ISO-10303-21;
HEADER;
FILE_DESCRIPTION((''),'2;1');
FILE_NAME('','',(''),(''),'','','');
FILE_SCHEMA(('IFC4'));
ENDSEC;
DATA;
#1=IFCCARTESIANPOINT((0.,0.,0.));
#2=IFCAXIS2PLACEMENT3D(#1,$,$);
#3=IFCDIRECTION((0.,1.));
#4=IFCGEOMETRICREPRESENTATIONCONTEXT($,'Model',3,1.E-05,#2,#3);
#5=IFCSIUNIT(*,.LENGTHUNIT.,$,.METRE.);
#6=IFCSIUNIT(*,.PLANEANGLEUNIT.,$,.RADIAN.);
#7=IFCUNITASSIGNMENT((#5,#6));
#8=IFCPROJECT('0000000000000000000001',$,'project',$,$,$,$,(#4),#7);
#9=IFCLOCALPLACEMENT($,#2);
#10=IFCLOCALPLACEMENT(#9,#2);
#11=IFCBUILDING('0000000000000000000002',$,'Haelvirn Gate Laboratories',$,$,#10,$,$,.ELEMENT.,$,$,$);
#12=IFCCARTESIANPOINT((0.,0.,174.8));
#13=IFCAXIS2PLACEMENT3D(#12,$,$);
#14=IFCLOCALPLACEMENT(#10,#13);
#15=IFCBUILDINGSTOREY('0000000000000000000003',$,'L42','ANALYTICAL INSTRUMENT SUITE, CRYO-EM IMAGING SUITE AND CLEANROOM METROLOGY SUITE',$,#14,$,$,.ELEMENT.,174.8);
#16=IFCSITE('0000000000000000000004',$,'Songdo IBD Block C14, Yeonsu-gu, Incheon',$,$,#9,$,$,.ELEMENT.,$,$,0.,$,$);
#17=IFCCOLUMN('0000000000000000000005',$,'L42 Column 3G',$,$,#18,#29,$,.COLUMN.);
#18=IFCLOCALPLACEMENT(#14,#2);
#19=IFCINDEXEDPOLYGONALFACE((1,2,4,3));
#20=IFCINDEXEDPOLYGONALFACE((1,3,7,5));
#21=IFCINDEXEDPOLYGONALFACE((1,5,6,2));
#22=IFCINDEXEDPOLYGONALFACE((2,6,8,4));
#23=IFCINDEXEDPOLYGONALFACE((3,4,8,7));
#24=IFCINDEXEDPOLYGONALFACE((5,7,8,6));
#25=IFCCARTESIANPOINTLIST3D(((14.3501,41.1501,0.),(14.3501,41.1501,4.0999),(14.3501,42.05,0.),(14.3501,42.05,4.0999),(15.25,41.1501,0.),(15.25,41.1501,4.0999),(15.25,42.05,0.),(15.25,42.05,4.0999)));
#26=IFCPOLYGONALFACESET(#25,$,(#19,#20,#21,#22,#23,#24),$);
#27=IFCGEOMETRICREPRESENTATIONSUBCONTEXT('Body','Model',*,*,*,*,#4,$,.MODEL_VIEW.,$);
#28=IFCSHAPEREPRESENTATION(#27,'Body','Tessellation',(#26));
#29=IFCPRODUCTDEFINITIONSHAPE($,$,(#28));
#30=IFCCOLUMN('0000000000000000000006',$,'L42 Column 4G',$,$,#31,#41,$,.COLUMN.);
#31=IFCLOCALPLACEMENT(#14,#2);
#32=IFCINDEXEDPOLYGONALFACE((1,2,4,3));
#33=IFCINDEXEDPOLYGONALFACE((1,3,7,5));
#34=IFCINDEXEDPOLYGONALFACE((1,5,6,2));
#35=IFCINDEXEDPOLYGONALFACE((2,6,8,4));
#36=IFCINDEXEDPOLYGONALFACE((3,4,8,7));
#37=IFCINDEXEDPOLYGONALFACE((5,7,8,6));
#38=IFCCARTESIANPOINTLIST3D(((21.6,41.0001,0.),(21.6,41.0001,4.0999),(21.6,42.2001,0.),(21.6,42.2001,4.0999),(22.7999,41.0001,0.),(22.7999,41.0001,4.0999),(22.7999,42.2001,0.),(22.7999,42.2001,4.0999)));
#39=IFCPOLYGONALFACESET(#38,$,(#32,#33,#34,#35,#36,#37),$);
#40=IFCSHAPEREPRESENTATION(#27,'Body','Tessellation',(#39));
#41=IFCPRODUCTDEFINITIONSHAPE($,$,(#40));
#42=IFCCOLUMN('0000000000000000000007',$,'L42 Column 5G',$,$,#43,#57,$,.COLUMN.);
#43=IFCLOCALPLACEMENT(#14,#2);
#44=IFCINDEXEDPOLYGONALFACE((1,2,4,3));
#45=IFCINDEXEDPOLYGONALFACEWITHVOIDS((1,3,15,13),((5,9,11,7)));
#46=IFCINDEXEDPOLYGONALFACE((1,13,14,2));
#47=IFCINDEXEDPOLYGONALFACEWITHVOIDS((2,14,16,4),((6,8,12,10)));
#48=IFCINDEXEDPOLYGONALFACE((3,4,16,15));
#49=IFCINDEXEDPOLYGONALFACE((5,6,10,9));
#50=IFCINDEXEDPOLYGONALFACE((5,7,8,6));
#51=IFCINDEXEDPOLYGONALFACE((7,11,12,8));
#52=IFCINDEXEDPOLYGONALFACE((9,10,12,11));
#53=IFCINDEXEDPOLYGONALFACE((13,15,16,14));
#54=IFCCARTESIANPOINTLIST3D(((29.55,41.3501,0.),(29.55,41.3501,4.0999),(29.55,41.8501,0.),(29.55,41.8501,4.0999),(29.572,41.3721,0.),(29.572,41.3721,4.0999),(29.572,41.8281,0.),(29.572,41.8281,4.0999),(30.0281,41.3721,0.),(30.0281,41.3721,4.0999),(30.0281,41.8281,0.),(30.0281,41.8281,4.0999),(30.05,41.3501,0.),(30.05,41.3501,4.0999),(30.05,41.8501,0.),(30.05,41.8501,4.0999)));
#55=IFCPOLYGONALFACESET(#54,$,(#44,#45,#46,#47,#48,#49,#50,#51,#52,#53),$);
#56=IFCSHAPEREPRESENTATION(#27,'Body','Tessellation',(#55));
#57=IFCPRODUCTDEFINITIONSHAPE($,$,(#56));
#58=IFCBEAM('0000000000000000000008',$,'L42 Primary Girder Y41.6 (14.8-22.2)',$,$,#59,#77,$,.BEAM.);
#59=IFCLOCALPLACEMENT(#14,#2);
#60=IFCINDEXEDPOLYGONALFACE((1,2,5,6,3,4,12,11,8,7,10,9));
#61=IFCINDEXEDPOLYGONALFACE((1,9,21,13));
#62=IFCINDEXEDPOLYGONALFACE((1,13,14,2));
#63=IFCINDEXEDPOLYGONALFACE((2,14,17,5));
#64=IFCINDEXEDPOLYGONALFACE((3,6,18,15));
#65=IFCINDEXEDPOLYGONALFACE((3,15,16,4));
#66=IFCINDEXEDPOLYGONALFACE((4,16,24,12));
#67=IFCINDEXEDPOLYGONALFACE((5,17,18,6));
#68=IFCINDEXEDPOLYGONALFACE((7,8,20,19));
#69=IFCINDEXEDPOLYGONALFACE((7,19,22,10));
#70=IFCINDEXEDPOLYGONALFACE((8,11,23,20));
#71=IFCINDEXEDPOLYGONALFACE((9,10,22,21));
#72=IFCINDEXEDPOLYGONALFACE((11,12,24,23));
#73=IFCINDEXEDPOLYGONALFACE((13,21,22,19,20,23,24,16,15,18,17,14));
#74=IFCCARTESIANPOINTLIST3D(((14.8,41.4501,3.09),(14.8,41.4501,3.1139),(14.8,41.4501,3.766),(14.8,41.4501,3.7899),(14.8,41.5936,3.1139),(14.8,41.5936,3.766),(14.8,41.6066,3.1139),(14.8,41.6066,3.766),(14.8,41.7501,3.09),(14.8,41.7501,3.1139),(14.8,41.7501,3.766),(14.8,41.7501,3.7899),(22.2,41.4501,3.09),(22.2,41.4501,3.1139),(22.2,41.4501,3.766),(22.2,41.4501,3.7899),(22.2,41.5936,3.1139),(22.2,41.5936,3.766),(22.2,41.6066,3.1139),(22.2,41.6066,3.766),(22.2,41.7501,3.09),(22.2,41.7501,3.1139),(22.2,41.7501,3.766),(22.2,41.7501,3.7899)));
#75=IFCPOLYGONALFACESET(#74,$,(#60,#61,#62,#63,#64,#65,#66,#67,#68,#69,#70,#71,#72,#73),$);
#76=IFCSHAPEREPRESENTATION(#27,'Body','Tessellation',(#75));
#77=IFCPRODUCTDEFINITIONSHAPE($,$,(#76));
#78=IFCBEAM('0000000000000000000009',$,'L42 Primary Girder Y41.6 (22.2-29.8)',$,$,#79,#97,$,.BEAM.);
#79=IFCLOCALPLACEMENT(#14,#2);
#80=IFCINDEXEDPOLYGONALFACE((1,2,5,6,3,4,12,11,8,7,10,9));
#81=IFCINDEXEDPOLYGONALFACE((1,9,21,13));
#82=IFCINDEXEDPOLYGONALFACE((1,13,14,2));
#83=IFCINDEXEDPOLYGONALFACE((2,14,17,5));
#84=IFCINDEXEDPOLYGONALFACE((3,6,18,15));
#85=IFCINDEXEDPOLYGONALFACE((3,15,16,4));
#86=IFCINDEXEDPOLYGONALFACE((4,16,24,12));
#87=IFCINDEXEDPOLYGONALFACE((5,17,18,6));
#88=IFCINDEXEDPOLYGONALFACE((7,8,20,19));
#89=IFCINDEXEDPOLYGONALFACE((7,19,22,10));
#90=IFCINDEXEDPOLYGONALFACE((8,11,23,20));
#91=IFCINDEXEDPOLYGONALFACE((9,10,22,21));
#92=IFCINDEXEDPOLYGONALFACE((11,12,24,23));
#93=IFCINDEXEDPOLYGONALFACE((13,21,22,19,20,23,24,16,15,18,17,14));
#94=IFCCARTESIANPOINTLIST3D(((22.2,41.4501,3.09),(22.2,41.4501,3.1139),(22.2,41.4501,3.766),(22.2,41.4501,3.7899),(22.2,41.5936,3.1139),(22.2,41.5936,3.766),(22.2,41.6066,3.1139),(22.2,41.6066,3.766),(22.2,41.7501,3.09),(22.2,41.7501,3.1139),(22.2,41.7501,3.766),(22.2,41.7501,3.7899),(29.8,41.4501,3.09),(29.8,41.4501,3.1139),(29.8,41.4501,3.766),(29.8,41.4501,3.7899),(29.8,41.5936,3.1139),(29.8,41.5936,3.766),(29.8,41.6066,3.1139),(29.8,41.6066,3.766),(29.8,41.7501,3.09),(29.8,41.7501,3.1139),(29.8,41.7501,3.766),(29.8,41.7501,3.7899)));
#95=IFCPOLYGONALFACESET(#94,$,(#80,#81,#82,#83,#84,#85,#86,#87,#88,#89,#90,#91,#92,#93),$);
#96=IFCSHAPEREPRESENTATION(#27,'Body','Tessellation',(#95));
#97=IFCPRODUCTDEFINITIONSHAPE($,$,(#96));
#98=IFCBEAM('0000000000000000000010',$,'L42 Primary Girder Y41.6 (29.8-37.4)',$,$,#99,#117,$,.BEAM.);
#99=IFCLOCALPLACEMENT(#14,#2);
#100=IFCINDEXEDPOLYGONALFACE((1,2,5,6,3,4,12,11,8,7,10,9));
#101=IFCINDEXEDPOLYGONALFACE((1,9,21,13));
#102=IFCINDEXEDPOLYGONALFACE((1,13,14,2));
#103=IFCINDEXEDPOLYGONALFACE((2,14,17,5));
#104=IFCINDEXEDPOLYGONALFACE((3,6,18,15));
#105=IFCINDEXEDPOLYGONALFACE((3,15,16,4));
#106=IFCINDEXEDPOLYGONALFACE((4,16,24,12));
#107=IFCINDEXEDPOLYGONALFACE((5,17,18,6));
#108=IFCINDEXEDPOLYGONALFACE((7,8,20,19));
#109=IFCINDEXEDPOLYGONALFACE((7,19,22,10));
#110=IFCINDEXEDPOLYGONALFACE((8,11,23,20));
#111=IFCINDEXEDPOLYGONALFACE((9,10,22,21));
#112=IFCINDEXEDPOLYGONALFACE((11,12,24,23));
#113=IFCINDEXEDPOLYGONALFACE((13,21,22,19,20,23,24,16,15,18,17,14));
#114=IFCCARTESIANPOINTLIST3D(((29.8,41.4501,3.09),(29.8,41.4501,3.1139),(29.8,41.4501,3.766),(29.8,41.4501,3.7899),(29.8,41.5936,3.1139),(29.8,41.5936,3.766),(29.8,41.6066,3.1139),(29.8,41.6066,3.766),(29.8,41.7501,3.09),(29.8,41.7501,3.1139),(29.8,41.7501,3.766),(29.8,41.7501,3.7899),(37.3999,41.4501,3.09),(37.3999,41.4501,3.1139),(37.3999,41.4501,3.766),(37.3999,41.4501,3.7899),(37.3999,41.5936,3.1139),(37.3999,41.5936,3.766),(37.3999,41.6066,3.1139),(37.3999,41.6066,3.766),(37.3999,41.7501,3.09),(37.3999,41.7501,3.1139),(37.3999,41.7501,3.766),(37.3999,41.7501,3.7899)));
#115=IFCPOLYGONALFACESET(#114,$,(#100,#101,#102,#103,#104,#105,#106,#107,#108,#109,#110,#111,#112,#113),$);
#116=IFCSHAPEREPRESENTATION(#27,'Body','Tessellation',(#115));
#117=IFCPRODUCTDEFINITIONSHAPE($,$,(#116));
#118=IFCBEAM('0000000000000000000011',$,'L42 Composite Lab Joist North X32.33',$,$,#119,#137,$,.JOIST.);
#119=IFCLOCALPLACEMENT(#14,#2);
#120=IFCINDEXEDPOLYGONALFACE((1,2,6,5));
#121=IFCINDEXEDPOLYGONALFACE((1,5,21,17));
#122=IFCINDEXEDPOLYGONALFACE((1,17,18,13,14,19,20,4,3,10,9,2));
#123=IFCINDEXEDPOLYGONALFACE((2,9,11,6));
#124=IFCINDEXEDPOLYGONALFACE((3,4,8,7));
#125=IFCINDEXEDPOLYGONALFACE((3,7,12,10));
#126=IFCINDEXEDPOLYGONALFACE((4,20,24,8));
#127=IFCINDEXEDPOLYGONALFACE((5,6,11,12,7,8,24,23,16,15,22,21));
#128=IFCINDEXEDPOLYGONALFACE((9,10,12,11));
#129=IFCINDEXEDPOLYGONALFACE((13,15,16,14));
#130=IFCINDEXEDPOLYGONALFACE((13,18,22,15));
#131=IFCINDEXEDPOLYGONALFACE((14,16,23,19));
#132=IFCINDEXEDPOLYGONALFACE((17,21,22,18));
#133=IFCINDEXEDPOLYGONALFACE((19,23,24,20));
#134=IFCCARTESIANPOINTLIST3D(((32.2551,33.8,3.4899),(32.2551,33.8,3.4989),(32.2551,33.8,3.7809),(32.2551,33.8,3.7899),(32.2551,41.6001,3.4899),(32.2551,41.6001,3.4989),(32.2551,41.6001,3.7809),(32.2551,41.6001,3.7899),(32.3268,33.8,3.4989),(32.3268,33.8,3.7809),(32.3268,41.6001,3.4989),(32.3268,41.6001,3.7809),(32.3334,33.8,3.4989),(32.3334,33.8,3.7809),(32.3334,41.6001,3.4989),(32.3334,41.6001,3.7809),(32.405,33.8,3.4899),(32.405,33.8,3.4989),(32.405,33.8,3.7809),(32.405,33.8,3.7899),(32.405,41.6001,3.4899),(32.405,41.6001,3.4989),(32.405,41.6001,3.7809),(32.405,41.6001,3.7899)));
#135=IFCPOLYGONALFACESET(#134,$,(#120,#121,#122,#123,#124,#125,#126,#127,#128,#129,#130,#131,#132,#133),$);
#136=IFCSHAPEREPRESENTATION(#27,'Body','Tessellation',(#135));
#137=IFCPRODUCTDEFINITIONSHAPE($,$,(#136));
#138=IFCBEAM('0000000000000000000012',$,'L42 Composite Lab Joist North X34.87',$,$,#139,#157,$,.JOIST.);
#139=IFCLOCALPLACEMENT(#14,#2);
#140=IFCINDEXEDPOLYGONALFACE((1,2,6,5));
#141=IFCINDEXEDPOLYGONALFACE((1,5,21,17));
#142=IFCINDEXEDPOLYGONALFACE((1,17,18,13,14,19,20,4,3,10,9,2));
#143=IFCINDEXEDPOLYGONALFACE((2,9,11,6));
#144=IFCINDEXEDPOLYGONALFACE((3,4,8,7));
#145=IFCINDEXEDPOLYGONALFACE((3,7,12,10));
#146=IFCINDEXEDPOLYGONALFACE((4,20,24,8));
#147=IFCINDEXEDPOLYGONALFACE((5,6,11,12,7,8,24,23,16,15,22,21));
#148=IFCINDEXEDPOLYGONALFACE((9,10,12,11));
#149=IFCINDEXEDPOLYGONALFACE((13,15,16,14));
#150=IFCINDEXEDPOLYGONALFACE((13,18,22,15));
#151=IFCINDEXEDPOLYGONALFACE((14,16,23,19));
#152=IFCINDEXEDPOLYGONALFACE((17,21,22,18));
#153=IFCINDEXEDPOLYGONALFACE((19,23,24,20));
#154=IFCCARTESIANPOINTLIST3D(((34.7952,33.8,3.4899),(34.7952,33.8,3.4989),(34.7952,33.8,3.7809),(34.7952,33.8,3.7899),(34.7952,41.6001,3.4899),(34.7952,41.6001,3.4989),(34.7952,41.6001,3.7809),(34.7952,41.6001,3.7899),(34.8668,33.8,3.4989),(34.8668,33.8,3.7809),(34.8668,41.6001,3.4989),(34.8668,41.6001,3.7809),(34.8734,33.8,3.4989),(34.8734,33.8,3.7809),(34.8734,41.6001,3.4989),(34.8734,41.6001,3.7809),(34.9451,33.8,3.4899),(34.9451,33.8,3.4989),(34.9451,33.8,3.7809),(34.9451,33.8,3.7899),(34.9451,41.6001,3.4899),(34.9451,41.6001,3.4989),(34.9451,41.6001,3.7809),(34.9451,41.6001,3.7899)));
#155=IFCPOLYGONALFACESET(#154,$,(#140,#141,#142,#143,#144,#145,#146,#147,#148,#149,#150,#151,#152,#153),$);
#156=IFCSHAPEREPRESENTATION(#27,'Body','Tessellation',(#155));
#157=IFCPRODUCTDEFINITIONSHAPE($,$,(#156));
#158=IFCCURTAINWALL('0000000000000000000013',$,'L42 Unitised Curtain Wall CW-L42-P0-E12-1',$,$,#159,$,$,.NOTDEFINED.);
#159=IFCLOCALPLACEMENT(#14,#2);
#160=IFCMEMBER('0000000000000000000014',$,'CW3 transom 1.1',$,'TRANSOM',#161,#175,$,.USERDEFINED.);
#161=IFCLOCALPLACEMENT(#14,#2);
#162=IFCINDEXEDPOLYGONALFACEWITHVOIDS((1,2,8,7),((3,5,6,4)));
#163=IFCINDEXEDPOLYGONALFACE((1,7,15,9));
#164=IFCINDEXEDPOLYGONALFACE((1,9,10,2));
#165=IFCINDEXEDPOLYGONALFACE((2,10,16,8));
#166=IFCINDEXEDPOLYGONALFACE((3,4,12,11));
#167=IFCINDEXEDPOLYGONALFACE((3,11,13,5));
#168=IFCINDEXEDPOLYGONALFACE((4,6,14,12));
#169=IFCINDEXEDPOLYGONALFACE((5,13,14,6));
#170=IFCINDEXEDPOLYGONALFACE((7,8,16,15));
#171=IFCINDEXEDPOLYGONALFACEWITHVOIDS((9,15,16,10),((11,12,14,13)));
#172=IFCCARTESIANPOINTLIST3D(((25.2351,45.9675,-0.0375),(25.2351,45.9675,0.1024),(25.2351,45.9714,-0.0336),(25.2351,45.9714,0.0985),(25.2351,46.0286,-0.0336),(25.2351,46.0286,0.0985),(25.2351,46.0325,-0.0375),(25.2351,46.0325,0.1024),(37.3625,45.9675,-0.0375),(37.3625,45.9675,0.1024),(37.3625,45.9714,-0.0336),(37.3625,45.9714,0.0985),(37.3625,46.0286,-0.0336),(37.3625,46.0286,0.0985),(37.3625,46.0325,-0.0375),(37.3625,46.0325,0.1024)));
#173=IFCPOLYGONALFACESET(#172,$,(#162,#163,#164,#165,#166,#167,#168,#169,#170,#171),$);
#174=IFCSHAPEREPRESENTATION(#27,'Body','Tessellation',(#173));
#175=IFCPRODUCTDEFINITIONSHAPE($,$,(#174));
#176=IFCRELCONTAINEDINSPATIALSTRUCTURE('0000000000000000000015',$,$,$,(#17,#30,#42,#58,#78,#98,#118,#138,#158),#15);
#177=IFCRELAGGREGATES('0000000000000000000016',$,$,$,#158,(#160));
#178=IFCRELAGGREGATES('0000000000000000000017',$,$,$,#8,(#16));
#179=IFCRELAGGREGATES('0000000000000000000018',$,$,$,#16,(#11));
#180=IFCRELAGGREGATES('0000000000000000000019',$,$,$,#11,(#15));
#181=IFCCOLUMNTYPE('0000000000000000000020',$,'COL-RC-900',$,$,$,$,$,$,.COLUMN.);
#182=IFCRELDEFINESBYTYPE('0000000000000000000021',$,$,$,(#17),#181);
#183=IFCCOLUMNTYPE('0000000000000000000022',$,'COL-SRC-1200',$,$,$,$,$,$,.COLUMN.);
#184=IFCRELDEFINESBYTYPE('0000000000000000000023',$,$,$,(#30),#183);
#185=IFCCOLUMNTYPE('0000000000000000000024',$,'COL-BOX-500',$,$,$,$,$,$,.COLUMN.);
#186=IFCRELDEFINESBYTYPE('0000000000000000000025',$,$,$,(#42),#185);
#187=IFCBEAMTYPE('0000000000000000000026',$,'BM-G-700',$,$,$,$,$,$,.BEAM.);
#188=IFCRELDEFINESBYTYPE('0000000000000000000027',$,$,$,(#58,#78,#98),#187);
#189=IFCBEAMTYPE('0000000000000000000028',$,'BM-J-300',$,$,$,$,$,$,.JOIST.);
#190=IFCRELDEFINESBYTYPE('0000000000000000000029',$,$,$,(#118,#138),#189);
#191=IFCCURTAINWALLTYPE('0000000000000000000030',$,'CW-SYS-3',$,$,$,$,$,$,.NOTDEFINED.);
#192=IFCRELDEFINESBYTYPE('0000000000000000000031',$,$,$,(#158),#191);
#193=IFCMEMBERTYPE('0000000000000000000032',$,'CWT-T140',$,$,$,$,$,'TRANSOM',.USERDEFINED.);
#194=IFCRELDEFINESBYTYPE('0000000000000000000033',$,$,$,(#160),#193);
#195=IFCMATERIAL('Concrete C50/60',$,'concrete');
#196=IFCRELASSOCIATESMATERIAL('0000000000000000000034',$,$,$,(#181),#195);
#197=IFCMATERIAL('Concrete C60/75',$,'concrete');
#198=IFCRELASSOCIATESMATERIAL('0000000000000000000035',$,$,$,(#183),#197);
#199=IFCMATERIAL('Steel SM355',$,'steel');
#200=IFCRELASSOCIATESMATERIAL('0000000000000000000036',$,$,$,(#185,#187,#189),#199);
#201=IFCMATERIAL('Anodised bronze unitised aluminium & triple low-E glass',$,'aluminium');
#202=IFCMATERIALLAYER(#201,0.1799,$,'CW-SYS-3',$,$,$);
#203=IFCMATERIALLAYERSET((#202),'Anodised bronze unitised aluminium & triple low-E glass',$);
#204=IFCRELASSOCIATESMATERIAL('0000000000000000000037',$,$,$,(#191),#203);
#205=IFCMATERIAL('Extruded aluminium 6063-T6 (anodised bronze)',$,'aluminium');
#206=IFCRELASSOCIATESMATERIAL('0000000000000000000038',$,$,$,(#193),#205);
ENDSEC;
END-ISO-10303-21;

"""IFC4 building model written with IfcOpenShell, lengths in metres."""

from ifc_helpers import new_model, si_unit, direction, frame, origin, origin_2d, place, context, subcontext, project, spatial, rectangle, hollow_rectangle, i_section, extrude, source, transform, mapped, material, layer, layer_set, material_profile, profile_set, type_object, type_shapes, element, aggregate, save


model = new_model("IFC4")

# Units and contexts
model_context = context("Model", 3, precision=1e-05, world=origin(), true_north=direction((0.0, 1.0)))
body_context = subcontext(model_context, "Body", "Model", "MODEL_VIEW")
ifc_project = project(units=[si_unit("LENGTHUNIT", "METRE"), si_unit("PLANEANGLEUNIT", "RADIAN")], contexts=[model_context])

# Site, building, storey
site_placement = place(None, origin())
site = spatial("IfcSite", under=ifc_project, at=site_placement, Name="Songdo IBD Block C14, Yeonsu-gu, Incheon", CompositionType="ELEMENT", RefElevation=0.0)
building_placement = place(site_placement, origin())
building = spatial("IfcBuilding", under=site, at=building_placement, Name="Haelvirn Gate Laboratories", CompositionType="ELEMENT")
storey_placement = place(building_placement, frame((0.0, 0.0, 174.8)))
storey = spatial("IfcBuildingStorey", under=building, at=storey_placement, Name="L42", Description="ANALYTICAL INSTRUMENT SUITE, CRYO-EM IMAGING SUITE AND CLEANROOM METROLOGY SUITE", CompositionType="ELEMENT", Elevation=174.8)

# Columns
ifc_material_1 = material(Name="Concrete C50/60", Category="concrete")
ifc_material_profile_1 = material_profile(ifc_material_1, rectangle(XDim=0.8999, YDim=0.8999, at=origin_2d()), Name="RC-900x900")
ifc_profile_set_1 = profile_set([ifc_material_profile_1], Name="Concrete C50/60")
column_type_1 = type_object("IfcColumnType", Name="COL-RC-900", PredefinedType="COLUMN", material=ifc_profile_set_1)
shared_shape_1 = source(origin(), body_context, "Body", "SweptSolid", [
    extrude(rectangle(XDim=0.8999, YDim=0.8999, at=origin_2d()), origin(), (0.0, 0.0, 1.0), 4.0999),
])
type_shapes(column_type_1, [shared_shape_1])
column_1_placement = place(storey_placement, frame((14.8, 41.6001, 0.0), z_axis=(0.0, 0.0, 1.0), x_axis=(1.0, 0.0, 0.0)))
element("IfcColumn", 1, at=column_1_placement, inside=storey, type_object=column_type_1, Name="L42 Column 3G", PredefinedType="COLUMN", context=body_context, shape_type="MappedRepresentation", body=[
    mapped(shared_shape_1, transform((0.0, 0.0, 0.0), scale=1.0)),
])
ifc_material_2 = material(Name="Concrete C60/75", Category="concrete")
ifc_material_profile_2 = material_profile(ifc_material_2, rectangle(XDim=1.2, YDim=1.2, at=origin_2d()), Name="SRC-1200x1200")
ifc_profile_set_2 = profile_set([ifc_material_profile_2], Name="Concrete C60/75")
column_type_2 = type_object("IfcColumnType", Name="COL-SRC-1200", PredefinedType="COLUMN", material=ifc_profile_set_2)
shared_shape_2 = source(origin(), body_context, "Body", "SweptSolid", [
    extrude(rectangle(XDim=1.2, YDim=1.2, at=origin_2d()), origin(), (0.0, 0.0, 1.0), 4.0999),
])
type_shapes(column_type_2, [shared_shape_2])
column_2_placement = place(storey_placement, frame((22.2, 41.6001, 0.0), z_axis=(0.0, 0.0, 1.0), x_axis=(1.0, 0.0, 0.0)))
element("IfcColumn", 2, at=column_2_placement, inside=storey, type_object=column_type_2, Name="L42 Column 4G", PredefinedType="COLUMN", context=body_context, shape_type="MappedRepresentation", body=[
    mapped(shared_shape_2, transform((0.0, 0.0, 0.0), scale=1.0)),
])
ifc_material_3 = material(Name="Steel SM355", Category="steel")
ifc_material_profile_3 = material_profile(ifc_material_3, hollow_rectangle(XDim=0.5, YDim=0.5, WallThickness=0.022, at=origin_2d()), Name="BOX-500x500x22")
ifc_profile_set_3 = profile_set([ifc_material_profile_3], Name="Steel SM355")
column_type_3 = type_object("IfcColumnType", Name="COL-BOX-500", PredefinedType="COLUMN", material=ifc_profile_set_3)
shared_shape_3 = source(origin(), body_context, "Body", "SweptSolid", [
    extrude(hollow_rectangle(XDim=0.5, YDim=0.5, WallThickness=0.022, at=origin_2d()), origin(), (0.0, 0.0, 1.0), 4.0999),
])
type_shapes(column_type_3, [shared_shape_3])
column_3_placement = place(storey_placement, frame((29.8, 41.6001, 0.0), z_axis=(0.0, 0.0, 1.0), x_axis=(1.0, 0.0, 0.0)))
element("IfcColumn", 3, at=column_3_placement, inside=storey, type_object=column_type_3, Name="L42 Column 5G", PredefinedType="COLUMN", context=body_context, shape_type="MappedRepresentation", body=[
    mapped(shared_shape_3, transform((0.0, 0.0, 0.0), scale=1.0)),
])

# Beams
ifc_material_profile_4 = material_profile(ifc_material_3, i_section(OverallWidth=0.3, OverallDepth=0.7, WebThickness=0.0129, FlangeThickness=0.0239, at=origin_2d()), Name="H-700x300x13x24")
ifc_profile_set_4 = profile_set([ifc_material_profile_4], Name="Steel SM355")
beam_type_1 = type_object("IfcBeamType", Name="BM-G-700", PredefinedType="BEAM", material=ifc_profile_set_4)
shared_shape_4 = source(origin(), body_context, "Body", "SweptSolid", [
    extrude(i_section(OverallWidth=0.3, OverallDepth=0.7, WebThickness=0.0129, FlangeThickness=0.0239, at=origin_2d()), origin(), (0.0, 0.0, 1.0), 7.3999),
])
beam_1_placement = place(storey_placement, frame((14.8, 41.6001, 3.4399), z_axis=(1.0, 0.0, 0.0), x_axis=(0.0, 1.0, 0.0)))
element("IfcBeam", 4, at=beam_1_placement, inside=storey, type_object=beam_type_1, Name="L42 Primary Girder Y41.6 (14.8-22.2)", PredefinedType="BEAM", context=body_context, shape_type="MappedRepresentation", body=[
    mapped(shared_shape_4, transform((0.0, 0.0, 0.0), scale=1.0)),
])
shared_shape_5 = source(origin(), body_context, "Body", "SweptSolid", [
    extrude(i_section(OverallWidth=0.3, OverallDepth=0.7, WebThickness=0.0129, FlangeThickness=0.0239, at=origin_2d()), origin(), (0.0, 0.0, 1.0), 7.6001),
])
beam_2_placement = place(storey_placement, frame((22.2, 41.6001, 3.4399), z_axis=(1.0, 0.0, 0.0), x_axis=(0.0, 1.0, 0.0)))
element("IfcBeam", 5, at=beam_2_placement, inside=storey, type_object=beam_type_1, Name="L42 Primary Girder Y41.6 (22.2-29.8)", PredefinedType="BEAM", context=body_context, shape_type="MappedRepresentation", body=[
    mapped(shared_shape_5, transform((0.0, 0.0, 0.0), scale=1.0)),
])
shared_shape_6 = source(origin(), body_context, "Body", "SweptSolid", [
    extrude(i_section(OverallWidth=0.3, OverallDepth=0.7, WebThickness=0.0129, FlangeThickness=0.0239, at=origin_2d()), origin(), (0.0, 0.0, 1.0), 7.5999),
])
type_shapes(beam_type_1, [shared_shape_4, shared_shape_5, shared_shape_6])
beam_3_placement = place(storey_placement, frame((29.8, 41.6001, 3.4399), z_axis=(1.0, 0.0, 0.0), x_axis=(0.0, 1.0, 0.0)))
element("IfcBeam", 6, at=beam_3_placement, inside=storey, type_object=beam_type_1, Name="L42 Primary Girder Y41.6 (29.8-37.4)", PredefinedType="BEAM", context=body_context, shape_type="MappedRepresentation", body=[
    mapped(shared_shape_6, transform((0.0, 0.0, 0.0), scale=1.0)),
])
ifc_material_profile_5 = material_profile(ifc_material_3, i_section(OverallWidth=0.1499, OverallDepth=0.3, WebThickness=0.0066, FlangeThickness=0.009, at=origin_2d()), Name="H-300x150x6.5x9")
ifc_profile_set_5 = profile_set([ifc_material_profile_5], Name="Steel SM355")
beam_type_2 = type_object("IfcBeamType", Name="BM-J-300", PredefinedType="JOIST", material=ifc_profile_set_5)
shared_shape_7 = source(origin(), body_context, "Body", "SweptSolid", [
    extrude(i_section(OverallWidth=0.1499, OverallDepth=0.3, WebThickness=0.0066, FlangeThickness=0.009, at=origin_2d()), origin(), (0.0, 0.0, 1.0), 7.8),
])
type_shapes(beam_type_2, [shared_shape_7])
for number, where, z_axis, x_axis, name in (
    (7, (32.3301, 33.8, 3.6399), (0.0, 1.0, 0.0), (-1.0, 0.0, 0.0), "L42 Composite Lab Joist North X32.33"),
    (8, (34.8701, 33.8, 3.6399), (0.0, 1.0, 0.0), (-1.0, 0.0, 0.0), "L42 Composite Lab Joist North X34.87"),
):
    element("IfcBeam", number, at=place(storey_placement, frame(where, z_axis=z_axis, x_axis=x_axis)), inside=storey, type_object=beam_type_2, Name=name, PredefinedType="JOIST", context=body_context, shape_type="MappedRepresentation", body=[
        mapped(shared_shape_7, transform((0.0, 0.0, 0.0), scale=1.0)),
    ])

# Curtain wall, member
ifc_material_4 = material(Name="Anodised bronze unitised aluminium & triple low-E glass", Category="aluminium")
ifc_layer_1 = layer(ifc_material_4, 0.1799, Name="CW-SYS-3")
ifc_layer_set_1 = layer_set([ifc_layer_1], Name="Anodised bronze unitised aluminium & triple low-E glass")
curtain_wall_type = type_object("IfcCurtainWallType", Name="CW-SYS-3", PredefinedType="NOTDEFINED", material=ifc_layer_set_1)
curtain_wall_1_placement = place(storey_placement, origin())
curtain_wall_1 = element("IfcCurtainWall", 9, at=curtain_wall_1_placement, inside=storey, type_object=curtain_wall_type, Name="L42 Unitised Curtain Wall CW-L42-P0-E12-1", PredefinedType="NOTDEFINED")
ifc_material_5 = material(Name="Extruded aluminium 6063-T6 (anodised bronze)", Category="aluminium")
ifc_material_profile_6 = material_profile(ifc_material_5, hollow_rectangle(XDim=0.0649, YDim=0.1399, WallThickness=0.0039, at=origin_2d()), Name="CWT-140x65x4")
ifc_profile_set_6 = profile_set([ifc_material_profile_6], Name="Extruded aluminium 6063-T6 (anodised bronze)")
member_type_1 = type_object("IfcMemberType", Name="CWT-T140", ElementType="TRANSOM", PredefinedType="USERDEFINED", material=ifc_profile_set_6)
shared_shape_8 = source(origin(), body_context, "Body", "SweptSolid", [
    extrude(hollow_rectangle(XDim=0.0649, YDim=0.1399, WallThickness=0.0039, at=origin_2d()), origin(), (0.0, 0.0, 1.0), 12.1274),
])
member_1_placement = place(storey_placement, frame((25.2351, 46.0, 0.0325), z_axis=(1.0, 0.0, 0.0), x_axis=(0.0, 1.0, 0.0)))
member_1 = element("IfcMember", 10, at=member_1_placement, type_object=member_type_1, Name="CW3 transom 1.1", ObjectType="TRANSOM", PredefinedType="USERDEFINED", context=body_context, shape_type="MappedRepresentation", body=[
    mapped(shared_shape_8, transform((0.0, 0.0, 0.0), scale=1.0)),
])

aggregate(curtain_wall_1, [member_1])

save(model, "model.ifc")
